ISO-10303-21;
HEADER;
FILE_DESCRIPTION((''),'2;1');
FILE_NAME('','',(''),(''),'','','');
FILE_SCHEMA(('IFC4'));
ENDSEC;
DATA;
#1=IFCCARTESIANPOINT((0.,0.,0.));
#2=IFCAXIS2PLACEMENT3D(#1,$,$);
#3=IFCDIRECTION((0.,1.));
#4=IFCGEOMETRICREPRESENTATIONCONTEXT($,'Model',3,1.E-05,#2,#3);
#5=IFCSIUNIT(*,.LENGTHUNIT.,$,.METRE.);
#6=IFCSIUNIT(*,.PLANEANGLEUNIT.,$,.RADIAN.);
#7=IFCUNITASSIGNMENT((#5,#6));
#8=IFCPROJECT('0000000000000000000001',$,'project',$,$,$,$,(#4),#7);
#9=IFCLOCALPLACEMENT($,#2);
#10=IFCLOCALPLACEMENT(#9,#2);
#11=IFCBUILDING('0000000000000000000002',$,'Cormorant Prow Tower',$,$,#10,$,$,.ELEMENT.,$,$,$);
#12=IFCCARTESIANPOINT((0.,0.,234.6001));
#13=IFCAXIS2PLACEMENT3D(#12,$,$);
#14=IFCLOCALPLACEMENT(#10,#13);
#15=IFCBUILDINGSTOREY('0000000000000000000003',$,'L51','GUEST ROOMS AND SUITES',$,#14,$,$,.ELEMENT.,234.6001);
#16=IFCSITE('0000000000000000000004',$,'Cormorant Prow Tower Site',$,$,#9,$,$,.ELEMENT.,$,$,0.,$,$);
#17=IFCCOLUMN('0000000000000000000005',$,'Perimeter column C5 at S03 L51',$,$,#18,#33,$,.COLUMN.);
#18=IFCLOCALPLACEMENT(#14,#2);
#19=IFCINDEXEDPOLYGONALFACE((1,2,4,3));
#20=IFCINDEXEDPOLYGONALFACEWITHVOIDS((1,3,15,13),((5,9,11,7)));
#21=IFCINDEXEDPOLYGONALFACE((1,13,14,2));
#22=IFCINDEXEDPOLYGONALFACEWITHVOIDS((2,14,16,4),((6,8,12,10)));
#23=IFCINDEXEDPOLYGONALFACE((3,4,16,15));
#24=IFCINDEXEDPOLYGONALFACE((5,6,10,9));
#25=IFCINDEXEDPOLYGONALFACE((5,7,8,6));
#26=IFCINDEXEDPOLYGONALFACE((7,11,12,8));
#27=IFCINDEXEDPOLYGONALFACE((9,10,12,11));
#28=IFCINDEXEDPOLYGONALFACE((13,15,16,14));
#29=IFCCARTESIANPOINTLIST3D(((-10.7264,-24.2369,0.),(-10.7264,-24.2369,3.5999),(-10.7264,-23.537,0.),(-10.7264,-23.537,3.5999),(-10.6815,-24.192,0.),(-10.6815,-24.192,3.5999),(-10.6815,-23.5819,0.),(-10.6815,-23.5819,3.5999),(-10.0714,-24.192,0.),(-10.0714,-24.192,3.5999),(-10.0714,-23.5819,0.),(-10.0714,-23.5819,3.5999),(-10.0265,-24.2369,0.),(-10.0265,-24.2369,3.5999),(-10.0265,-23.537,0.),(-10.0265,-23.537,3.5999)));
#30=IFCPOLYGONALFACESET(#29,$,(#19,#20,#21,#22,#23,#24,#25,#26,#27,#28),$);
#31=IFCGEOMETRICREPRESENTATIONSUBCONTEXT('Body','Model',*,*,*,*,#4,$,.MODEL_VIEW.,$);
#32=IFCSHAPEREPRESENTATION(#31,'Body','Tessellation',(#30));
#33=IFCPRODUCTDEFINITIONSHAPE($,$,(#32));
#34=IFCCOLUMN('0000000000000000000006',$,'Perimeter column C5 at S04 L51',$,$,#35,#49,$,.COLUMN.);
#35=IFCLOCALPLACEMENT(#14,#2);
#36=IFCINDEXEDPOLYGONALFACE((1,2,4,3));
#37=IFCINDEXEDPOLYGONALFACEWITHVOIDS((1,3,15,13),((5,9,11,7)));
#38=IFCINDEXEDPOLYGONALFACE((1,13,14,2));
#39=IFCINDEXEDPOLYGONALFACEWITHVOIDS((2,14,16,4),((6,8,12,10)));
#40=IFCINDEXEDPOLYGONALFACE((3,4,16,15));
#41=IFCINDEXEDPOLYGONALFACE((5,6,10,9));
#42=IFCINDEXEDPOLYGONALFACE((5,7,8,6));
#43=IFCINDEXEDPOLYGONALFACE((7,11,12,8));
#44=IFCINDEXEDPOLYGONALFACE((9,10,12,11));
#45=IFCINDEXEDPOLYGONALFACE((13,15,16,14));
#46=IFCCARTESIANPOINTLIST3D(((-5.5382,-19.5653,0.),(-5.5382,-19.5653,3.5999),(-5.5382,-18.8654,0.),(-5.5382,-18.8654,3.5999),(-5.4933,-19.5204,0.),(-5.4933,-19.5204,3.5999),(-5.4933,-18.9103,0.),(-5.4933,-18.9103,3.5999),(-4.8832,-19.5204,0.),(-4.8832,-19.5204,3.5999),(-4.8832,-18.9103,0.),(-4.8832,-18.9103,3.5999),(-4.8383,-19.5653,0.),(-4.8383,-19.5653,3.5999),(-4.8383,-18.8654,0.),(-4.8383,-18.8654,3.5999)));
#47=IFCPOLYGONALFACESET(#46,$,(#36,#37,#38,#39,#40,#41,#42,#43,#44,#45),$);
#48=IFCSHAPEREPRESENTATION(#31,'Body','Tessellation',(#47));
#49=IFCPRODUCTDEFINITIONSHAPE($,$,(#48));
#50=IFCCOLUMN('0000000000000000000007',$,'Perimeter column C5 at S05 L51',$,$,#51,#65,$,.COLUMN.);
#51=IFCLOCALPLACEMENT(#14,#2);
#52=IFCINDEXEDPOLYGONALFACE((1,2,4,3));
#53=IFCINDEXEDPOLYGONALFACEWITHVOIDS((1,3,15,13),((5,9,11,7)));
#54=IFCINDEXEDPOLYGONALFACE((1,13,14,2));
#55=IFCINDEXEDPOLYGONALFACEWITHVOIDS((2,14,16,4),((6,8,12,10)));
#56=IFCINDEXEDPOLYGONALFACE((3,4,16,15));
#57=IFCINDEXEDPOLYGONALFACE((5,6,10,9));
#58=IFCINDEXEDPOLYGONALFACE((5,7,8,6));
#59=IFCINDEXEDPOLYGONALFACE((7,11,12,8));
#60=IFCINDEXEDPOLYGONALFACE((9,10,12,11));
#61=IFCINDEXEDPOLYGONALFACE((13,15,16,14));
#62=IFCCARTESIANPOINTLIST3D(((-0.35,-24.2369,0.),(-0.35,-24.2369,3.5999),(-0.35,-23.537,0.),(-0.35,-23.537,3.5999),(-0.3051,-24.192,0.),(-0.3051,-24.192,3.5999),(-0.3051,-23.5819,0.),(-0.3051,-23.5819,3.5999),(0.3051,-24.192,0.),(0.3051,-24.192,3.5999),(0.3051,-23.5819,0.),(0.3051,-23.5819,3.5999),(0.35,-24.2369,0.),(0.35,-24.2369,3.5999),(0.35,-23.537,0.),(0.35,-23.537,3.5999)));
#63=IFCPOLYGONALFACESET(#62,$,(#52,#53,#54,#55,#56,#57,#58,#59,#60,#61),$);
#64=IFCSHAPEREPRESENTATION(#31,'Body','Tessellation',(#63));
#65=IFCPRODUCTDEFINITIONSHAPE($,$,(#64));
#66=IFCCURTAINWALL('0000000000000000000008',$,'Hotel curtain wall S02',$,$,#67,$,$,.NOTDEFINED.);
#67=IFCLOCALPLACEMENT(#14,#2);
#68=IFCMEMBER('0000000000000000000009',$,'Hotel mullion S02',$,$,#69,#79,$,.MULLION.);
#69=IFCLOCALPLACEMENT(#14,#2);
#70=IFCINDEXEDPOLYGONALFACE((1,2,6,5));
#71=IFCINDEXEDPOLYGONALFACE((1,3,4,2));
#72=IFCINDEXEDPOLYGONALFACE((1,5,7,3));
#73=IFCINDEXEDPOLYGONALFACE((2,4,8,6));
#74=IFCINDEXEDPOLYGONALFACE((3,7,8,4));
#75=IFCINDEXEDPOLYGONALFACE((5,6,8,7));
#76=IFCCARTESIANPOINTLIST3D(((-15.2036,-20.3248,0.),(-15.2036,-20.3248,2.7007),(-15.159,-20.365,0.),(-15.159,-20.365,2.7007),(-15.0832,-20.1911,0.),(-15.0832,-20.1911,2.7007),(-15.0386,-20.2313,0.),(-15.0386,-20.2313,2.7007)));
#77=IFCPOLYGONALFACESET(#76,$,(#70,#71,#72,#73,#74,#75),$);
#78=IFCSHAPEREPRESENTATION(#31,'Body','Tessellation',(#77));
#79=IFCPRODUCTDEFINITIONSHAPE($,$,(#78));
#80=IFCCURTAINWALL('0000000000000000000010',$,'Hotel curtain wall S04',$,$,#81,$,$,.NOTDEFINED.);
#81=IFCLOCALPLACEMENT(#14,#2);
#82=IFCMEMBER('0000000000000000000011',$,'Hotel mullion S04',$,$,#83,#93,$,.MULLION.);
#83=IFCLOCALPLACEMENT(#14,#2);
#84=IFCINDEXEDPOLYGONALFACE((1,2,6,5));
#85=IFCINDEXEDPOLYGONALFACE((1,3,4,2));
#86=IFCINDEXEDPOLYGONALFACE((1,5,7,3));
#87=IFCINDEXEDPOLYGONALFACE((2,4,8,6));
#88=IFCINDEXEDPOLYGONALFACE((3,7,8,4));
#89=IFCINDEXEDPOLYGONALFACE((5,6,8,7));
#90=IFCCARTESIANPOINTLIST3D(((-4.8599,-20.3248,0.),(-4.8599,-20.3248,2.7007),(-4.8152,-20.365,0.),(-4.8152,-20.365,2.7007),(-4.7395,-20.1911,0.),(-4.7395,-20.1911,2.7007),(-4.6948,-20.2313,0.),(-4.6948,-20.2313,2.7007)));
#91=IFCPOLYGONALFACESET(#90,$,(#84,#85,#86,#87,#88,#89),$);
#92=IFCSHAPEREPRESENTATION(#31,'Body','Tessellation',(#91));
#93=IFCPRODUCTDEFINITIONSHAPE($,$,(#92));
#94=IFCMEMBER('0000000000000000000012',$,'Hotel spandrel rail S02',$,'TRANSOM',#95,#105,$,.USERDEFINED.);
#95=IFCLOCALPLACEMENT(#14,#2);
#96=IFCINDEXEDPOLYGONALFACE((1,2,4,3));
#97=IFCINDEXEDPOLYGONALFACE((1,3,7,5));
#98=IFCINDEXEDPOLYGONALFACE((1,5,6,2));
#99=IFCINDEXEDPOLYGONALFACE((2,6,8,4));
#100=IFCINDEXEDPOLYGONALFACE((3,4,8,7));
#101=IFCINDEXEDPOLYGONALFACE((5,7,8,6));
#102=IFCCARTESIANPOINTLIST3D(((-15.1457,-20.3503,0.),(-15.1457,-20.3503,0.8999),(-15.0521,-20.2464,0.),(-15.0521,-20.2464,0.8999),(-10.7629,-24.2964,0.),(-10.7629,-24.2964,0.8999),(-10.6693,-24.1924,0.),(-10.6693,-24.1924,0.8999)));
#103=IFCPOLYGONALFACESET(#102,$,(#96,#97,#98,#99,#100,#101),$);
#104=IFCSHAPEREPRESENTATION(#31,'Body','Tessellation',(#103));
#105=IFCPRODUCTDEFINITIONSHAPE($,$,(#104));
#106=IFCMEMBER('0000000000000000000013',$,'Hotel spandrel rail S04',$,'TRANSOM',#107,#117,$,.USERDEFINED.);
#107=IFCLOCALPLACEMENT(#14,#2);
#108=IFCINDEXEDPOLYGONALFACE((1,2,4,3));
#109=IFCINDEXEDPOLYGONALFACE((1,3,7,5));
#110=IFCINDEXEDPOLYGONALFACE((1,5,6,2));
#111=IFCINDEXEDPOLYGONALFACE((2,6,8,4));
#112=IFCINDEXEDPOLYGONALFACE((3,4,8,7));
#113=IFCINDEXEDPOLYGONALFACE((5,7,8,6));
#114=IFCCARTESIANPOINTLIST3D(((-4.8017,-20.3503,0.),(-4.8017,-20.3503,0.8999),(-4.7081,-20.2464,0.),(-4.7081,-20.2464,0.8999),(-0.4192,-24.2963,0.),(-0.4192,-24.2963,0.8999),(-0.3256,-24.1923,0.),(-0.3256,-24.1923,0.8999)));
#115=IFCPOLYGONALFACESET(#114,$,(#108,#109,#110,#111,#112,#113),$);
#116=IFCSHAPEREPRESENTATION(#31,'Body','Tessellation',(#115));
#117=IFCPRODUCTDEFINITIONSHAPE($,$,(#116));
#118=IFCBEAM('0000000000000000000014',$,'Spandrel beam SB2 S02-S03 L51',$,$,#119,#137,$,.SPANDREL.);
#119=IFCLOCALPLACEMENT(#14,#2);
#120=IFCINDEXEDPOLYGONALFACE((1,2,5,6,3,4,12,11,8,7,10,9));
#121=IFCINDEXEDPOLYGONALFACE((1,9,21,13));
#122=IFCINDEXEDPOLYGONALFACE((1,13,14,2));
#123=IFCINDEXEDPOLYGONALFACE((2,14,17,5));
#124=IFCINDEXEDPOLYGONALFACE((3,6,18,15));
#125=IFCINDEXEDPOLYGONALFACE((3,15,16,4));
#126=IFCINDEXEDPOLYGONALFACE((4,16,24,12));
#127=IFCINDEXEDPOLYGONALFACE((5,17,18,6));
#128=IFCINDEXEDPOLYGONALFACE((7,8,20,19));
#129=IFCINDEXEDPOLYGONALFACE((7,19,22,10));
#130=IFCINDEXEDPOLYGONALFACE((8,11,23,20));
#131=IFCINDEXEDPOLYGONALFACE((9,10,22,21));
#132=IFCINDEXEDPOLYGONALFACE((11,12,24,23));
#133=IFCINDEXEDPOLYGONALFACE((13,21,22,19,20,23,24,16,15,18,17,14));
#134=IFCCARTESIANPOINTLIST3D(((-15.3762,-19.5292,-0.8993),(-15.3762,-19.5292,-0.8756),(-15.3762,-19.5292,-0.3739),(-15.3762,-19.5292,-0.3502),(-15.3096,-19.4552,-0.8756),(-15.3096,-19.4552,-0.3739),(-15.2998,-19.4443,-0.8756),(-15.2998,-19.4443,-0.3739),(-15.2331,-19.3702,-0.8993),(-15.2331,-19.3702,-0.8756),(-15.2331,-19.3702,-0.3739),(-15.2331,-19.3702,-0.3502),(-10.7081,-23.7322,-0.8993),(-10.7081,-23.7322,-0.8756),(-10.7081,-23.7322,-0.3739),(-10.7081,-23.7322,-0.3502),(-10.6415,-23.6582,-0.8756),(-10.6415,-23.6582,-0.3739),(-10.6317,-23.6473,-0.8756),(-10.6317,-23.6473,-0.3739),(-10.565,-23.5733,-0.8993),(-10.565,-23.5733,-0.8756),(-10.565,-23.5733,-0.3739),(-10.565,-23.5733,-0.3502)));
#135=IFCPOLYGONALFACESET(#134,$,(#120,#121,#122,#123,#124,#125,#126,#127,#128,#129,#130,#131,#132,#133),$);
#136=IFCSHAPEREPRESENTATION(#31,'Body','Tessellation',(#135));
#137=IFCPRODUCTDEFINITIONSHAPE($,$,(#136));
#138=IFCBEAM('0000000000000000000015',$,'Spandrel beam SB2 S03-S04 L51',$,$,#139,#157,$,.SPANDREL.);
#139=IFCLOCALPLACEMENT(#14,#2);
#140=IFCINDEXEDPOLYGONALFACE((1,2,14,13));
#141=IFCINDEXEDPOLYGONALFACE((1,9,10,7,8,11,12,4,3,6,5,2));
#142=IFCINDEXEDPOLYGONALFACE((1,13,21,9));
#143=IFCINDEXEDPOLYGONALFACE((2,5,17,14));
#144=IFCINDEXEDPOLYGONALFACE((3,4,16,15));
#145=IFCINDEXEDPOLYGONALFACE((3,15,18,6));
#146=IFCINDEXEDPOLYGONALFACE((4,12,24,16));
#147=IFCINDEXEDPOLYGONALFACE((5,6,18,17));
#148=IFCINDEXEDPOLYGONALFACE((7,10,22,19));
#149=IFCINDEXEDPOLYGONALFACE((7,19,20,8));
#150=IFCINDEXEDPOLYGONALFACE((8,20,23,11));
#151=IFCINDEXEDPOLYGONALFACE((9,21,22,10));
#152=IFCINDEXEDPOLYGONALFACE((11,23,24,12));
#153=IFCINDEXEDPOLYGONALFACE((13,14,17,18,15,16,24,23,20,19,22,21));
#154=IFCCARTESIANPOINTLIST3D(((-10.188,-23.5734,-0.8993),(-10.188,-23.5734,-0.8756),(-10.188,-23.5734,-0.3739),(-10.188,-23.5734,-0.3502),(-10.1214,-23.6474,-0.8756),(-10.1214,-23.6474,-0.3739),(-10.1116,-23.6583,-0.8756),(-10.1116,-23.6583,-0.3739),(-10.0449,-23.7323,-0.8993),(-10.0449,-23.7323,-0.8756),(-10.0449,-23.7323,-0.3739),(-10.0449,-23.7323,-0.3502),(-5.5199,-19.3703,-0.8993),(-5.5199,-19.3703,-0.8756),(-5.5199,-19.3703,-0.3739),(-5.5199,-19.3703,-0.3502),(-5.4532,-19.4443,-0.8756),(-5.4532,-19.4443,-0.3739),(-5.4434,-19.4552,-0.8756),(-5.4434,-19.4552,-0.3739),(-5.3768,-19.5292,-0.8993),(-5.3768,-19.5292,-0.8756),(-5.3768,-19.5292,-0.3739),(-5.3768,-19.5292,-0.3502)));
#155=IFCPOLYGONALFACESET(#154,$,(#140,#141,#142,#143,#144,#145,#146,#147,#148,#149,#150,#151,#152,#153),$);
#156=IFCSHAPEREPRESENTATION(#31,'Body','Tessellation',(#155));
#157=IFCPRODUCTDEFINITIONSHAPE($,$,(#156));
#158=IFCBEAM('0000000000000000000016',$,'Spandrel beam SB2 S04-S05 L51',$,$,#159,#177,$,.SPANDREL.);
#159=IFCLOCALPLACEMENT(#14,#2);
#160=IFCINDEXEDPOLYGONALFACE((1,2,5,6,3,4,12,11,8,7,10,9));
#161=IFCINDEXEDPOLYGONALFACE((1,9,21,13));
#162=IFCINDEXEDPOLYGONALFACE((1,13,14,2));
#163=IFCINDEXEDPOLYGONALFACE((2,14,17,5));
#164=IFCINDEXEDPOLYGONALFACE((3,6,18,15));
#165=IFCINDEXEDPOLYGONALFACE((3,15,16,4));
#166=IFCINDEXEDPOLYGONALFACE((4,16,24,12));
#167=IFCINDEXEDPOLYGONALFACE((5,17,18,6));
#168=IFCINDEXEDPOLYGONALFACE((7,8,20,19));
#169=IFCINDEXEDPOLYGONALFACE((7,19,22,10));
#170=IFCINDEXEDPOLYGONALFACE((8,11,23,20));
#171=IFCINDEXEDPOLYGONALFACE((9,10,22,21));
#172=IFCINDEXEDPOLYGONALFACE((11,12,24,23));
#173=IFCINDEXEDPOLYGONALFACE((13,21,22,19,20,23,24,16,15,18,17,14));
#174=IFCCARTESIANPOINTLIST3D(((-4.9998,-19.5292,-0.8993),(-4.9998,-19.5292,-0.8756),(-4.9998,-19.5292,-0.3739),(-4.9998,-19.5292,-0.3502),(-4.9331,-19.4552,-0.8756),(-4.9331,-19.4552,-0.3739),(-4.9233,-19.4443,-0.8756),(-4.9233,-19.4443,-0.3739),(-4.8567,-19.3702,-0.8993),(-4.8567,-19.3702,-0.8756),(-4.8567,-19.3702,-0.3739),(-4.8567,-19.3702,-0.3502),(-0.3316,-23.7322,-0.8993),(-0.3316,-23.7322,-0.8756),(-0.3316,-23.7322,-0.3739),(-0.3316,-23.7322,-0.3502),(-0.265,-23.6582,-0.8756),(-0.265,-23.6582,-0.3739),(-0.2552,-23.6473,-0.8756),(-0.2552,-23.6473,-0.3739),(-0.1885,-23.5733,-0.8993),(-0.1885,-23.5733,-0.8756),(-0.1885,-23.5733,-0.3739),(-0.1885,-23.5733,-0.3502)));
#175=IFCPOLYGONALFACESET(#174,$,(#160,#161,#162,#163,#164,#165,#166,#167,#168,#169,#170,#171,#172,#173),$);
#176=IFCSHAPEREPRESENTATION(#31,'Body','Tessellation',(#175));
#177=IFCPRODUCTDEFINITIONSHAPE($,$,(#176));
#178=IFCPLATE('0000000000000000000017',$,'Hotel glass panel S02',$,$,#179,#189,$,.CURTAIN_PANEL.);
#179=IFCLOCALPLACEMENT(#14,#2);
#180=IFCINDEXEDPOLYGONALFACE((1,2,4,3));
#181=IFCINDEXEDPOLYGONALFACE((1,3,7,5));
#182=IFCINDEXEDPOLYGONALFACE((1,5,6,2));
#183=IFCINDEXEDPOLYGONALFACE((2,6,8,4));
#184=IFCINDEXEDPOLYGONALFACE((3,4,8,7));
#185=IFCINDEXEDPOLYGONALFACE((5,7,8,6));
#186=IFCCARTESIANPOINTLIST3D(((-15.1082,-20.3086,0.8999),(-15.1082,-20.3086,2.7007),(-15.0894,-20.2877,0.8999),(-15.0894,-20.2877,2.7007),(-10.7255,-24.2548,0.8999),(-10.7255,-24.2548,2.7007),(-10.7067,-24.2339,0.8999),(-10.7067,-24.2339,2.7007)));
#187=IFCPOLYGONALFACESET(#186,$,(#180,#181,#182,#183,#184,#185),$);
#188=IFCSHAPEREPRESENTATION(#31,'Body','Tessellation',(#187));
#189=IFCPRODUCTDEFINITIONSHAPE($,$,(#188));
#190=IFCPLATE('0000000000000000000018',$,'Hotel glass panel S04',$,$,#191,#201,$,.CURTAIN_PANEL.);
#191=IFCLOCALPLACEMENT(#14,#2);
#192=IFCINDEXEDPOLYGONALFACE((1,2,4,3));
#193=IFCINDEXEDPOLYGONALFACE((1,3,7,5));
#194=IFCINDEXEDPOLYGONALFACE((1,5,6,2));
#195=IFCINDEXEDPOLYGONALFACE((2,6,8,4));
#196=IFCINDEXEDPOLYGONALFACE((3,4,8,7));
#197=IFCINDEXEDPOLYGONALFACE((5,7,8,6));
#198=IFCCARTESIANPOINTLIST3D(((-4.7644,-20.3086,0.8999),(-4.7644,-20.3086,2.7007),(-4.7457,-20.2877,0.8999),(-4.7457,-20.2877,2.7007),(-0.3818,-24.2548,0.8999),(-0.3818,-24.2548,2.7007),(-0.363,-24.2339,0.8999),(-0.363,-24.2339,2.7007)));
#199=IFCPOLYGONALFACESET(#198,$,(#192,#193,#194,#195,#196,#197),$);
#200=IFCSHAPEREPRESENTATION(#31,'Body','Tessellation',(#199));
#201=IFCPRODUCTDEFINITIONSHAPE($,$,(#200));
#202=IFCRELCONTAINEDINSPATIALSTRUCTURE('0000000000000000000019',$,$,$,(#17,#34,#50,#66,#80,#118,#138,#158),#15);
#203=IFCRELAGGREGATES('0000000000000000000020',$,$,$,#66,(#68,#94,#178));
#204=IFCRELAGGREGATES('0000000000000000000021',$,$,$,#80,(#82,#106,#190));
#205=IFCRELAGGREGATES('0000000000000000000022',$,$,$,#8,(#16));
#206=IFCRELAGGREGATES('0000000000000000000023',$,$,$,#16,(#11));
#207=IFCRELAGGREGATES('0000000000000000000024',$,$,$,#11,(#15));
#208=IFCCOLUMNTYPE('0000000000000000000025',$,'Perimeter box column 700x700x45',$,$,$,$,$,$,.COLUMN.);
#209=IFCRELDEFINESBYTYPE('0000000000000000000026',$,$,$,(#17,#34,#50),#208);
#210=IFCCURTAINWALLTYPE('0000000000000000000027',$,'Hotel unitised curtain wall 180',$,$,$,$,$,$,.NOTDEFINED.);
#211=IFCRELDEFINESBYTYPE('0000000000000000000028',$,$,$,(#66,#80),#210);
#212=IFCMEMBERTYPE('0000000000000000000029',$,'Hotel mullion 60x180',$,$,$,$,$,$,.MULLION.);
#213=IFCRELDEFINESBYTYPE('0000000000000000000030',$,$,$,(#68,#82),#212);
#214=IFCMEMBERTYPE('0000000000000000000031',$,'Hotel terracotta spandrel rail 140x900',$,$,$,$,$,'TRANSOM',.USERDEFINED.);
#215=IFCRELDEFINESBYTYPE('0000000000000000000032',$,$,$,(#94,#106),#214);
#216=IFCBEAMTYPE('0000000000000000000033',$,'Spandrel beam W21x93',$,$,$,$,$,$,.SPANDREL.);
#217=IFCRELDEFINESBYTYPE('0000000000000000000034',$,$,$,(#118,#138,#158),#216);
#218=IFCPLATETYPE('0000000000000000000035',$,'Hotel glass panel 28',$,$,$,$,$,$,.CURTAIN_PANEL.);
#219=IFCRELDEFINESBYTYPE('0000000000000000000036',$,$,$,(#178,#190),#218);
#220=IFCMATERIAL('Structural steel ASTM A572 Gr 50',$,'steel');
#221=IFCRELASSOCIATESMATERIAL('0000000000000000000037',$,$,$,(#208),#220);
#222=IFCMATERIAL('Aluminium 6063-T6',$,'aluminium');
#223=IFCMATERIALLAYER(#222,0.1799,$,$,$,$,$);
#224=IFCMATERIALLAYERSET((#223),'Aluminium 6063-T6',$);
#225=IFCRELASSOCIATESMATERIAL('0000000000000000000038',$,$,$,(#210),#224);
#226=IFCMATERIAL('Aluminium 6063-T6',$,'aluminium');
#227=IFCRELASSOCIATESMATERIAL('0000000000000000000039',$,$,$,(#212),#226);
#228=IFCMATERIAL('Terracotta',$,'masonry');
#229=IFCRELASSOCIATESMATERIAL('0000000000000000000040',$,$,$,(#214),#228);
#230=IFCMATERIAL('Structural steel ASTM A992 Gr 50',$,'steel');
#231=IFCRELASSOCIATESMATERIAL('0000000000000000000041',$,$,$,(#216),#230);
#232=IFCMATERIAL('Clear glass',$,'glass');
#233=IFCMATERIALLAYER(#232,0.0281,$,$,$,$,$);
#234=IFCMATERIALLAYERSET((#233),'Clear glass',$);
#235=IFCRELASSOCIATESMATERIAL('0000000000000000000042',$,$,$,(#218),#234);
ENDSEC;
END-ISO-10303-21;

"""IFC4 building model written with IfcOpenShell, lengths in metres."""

from ifc_helpers import new_model, si_unit, direction, frame, origin, origin_2d, place, context, subcontext, project, spatial, rectangle, hollow_rectangle, i_section, extrude, material, layer, layer_set, material_profile, profile_set, type_object, element, aggregate, save


model = new_model("IFC4")

# Units and contexts
model_context = context("Model", 3, precision=1e-05, world=origin(), true_north=direction((0.0, 1.0)))
body_context = subcontext(model_context, "Body", "Model", "MODEL_VIEW")
ifc_project = project(units=[si_unit("LENGTHUNIT", "METRE"), si_unit("PLANEANGLEUNIT", "RADIAN")], contexts=[model_context])

# Site, building, storey
site_placement = place(None, origin())
site = spatial("IfcSite", under=ifc_project, at=site_placement, Name="Cormorant Prow Tower Site", CompositionType="ELEMENT", RefElevation=0.0)
building_placement = place(site_placement, origin())
building = spatial("IfcBuilding", under=site, at=building_placement, Name="Cormorant Prow Tower", CompositionType="ELEMENT")
storey_placement = place(building_placement, frame((0.0, 0.0, 234.6001)))
storey = spatial("IfcBuildingStorey", under=building, at=storey_placement, Name="L51", Description="GUEST ROOMS AND SUITES", CompositionType="ELEMENT", Elevation=234.6001)

# Columns
ifc_material_1 = material(Name="Structural steel ASTM A572 Gr 50", Category="steel")
ifc_material_profile_1 = material_profile(ifc_material_1, hollow_rectangle(XDim=0.7, YDim=0.7, WallThickness=0.0449, at=origin_2d()), Name="Box 700x700x45")
ifc_profile_set_1 = profile_set([ifc_material_profile_1], Name="Structural steel ASTM A572 Gr 50")
column_type = type_object("IfcColumnType", Name="Perimeter box column 700x700x45", PredefinedType="COLUMN", material=ifc_profile_set_1)
for number, where, z_axis, x_axis, name in (
    (1, (-10.3765, -23.887, 0.0), (0.0, 0.0, 1.0), (1.0, 0.0, 0.0), "Perimeter column C5 at S03 L51"),
    (2, (-5.1882, -19.2153, 0.0), (0.0, 0.0, 1.0), (1.0, 0.0, 0.0), "Perimeter column C5 at S04 L51"),
    (3, (0.0, -23.887, 0.0), (0.0, 0.0, 1.0), (1.0, 0.0, 0.0), "Perimeter column C5 at S05 L51"),
):
    element("IfcColumn", number, at=place(storey_placement, frame(where, z_axis=z_axis, x_axis=x_axis)), inside=storey, type_object=column_type, Name=name, PredefinedType="COLUMN", context=body_context, shape_type="SweptSolid", body=[
        extrude(hollow_rectangle(XDim=0.7, YDim=0.7, WallThickness=0.0449, at=origin_2d()), origin(), (0.0, 0.0, 1.0), 3.5999),
    ])

# Curtain walls, members
ifc_material_2 = material(Name="Aluminium 6063-T6", Category="aluminium")
ifc_layer_1 = layer(ifc_material_2, 0.1799)
ifc_layer_set_1 = layer_set([ifc_layer_1], Name="Aluminium 6063-T6")
curtain_wall_type = type_object("IfcCurtainWallType", Name="Hotel unitised curtain wall 180", PredefinedType="NOTDEFINED", material=ifc_layer_set_1)
curtain_wall_1_placement = place(storey_placement, origin())
curtain_wall_1 = element("IfcCurtainWall", 4, at=curtain_wall_1_placement, inside=storey, type_object=curtain_wall_type, Name="Hotel curtain wall S02", PredefinedType="NOTDEFINED")
ifc_material_3 = material(Name="Aluminium 6063-T6", Category="aluminium")
ifc_material_profile_2 = material_profile(ifc_material_3, rectangle(XDim=0.1799, YDim=0.0601, at=origin_2d()), Name="Hotel mullion 60x180")
ifc_profile_set_2 = profile_set([ifc_material_profile_2], Name="Aluminium 6063-T6")
member_type_1 = type_object("IfcMemberType", Name="Hotel mullion 60x180", PredefinedType="MULLION", material=ifc_profile_set_2)
member_1_placement = place(storey_placement, frame((-15.1211, -20.2781, 0.0), z_axis=(0.0, 0.0, 1.0), x_axis=(0.669131, 0.743145, 0.0)))
member_1 = element("IfcMember", 5, at=member_1_placement, type_object=member_type_1, Name="Hotel mullion S02", PredefinedType="MULLION", context=body_context, shape_type="SweptSolid", body=[
    extrude(rectangle(XDim=0.1799, YDim=0.0601, at=origin_2d()), origin(), (0.0, 0.0, 1.0), 2.7007),
])
curtain_wall_2_placement = place(storey_placement, origin())
curtain_wall_2 = element("IfcCurtainWall", 6, at=curtain_wall_2_placement, inside=storey, type_object=curtain_wall_type, Name="Hotel curtain wall S04", PredefinedType="NOTDEFINED")
member_2_placement = place(storey_placement, frame((-4.7773, -20.2781, 0.0), z_axis=(0.0, 0.0, 1.0), x_axis=(0.669131, 0.743145, 0.0)))
member_2 = element("IfcMember", 7, at=member_2_placement, type_object=member_type_1, Name="Hotel mullion S04", PredefinedType="MULLION", context=body_context, shape_type="SweptSolid", body=[
    extrude(rectangle(XDim=0.1799, YDim=0.0601, at=origin_2d()), origin(), (0.0, 0.0, 1.0), 2.7007),
])

# Members
ifc_material_4 = material(Name="Terracotta", Category="masonry")
ifc_material_profile_3 = material_profile(ifc_material_4, rectangle(XDim=0.1399, YDim=0.8999, at=origin_2d()), Name="Hotel terracotta spandrel rail 140x900")
ifc_profile_set_3 = profile_set([ifc_material_profile_3], Name="Terracotta")
member_type_2 = type_object("IfcMemberType", Name="Hotel terracotta spandrel rail 140x900", ElementType="TRANSOM", PredefinedType="USERDEFINED", material=ifc_profile_set_3)
member_3_placement = place(storey_placement, frame((-15.0989, -20.2983, 0.45), z_axis=(0.743167, -0.669107, 0.0), x_axis=(0.669107, 0.743167, 0.0)))
member_3 = element("IfcMember", 8, at=member_3_placement, type_object=member_type_2, Name="Hotel spandrel rail S02", ObjectType="TRANSOM", PredefinedType="USERDEFINED", context=body_context, shape_type="SweptSolid", body=[
    extrude(rectangle(XDim=0.1399, YDim=0.8999, at=origin_2d()), origin(), (0.0, 0.0, 1.0), 5.8975),
])
member_4_placement = place(storey_placement, frame((-4.7549, -20.2983, 0.45), z_axis=(0.743148, -0.669127, 0.0), x_axis=(0.669127, 0.743148, 0.0)))
member_4 = element("IfcMember", 9, at=member_4_placement, type_object=member_type_2, Name="Hotel spandrel rail S04", ObjectType="TRANSOM", PredefinedType="USERDEFINED", context=body_context, shape_type="SweptSolid", body=[
    extrude(rectangle(XDim=0.1399, YDim=0.8999, at=origin_2d()), origin(), (0.0, 0.0, 1.0), 5.8972),
])

# Beams
ifc_material_5 = material(Name="Structural steel ASTM A992 Gr 50", Category="steel")
ifc_material_profile_4 = material_profile(ifc_material_5, i_section(OverallWidth=0.2139, OverallDepth=0.5491, WebThickness=0.0146, FlangeThickness=0.0237, at=origin_2d()), Name="W21x93")
ifc_profile_set_4 = profile_set([ifc_material_profile_4], Name="Structural steel ASTM A992 Gr 50")
beam_type = type_object("IfcBeamType", Name="Spandrel beam W21x93", PredefinedType="SPANDREL", material=ifc_profile_set_4)
for number, where, z_axis, x_axis, name in (
    (10, (-15.3047, -19.4497, -0.6248), (0.743157, -0.669117, 0.0), (0.669117, 0.743157, 0.0), "Spandrel beam SB2 S02-S03 L51"),
    (11, (-10.1165, -23.6528, -0.6248), (0.743157, 0.669117, 0.0), (-0.669117, 0.743157, 0.0), "Spandrel beam SB2 S03-S04 L51"),
    (12, (-4.9282, -19.4497, -0.6248), (0.743157, -0.669117, 0.0), (0.669117, 0.743157, 0.0), "Spandrel beam SB2 S04-S05 L51"),
):
    element("IfcBeam", number, at=place(storey_placement, frame(where, z_axis=z_axis, x_axis=x_axis)), inside=storey, type_object=beam_type, Name=name, PredefinedType="SPANDREL", context=body_context, shape_type="SweptSolid", body=[
        extrude(i_section(OverallWidth=0.2139, OverallDepth=0.5491, WebThickness=0.0146, FlangeThickness=0.0237, at=origin_2d()), origin(), (0.0, 0.0, 1.0), 6.2815),
    ])

# Plates
ifc_material_6 = material(Name="Clear glass", Category="glass")
ifc_layer_2 = layer(ifc_material_6, 0.0281)
ifc_layer_set_2 = layer_set([ifc_layer_2], Name="Clear glass")
plate_type = type_object("IfcPlateType", Name="Hotel glass panel 28", PredefinedType="CURTAIN_PANEL", material=ifc_layer_set_2)
plate_1_placement = place(storey_placement, frame((-12.9075, -22.2712, 0.8999), z_axis=(0.0, 0.0, 1.0), x_axis=(0.743145, -0.669131, 0.0)))
plate_1 = element("IfcPlate", 13, at=plate_1_placement, type_object=plate_type, Name="Hotel glass panel S02", PredefinedType="CURTAIN_PANEL", context=body_context, shape_type="SweptSolid", body=[
    extrude(rectangle(XDim=5.8975, YDim=0.0281, at=origin_2d()), origin(), (0.0, 0.0, 1.0), 1.8008),
])
aggregate(curtain_wall_1, [member_1, member_3, plate_1])
plate_2_placement = place(storey_placement, frame((-2.5637, -22.2712, 0.8999), z_axis=(0.0, 0.0, 1.0), x_axis=(0.743145, -0.669131, 0.0)))
plate_2 = element("IfcPlate", 14, at=plate_2_placement, type_object=plate_type, Name="Hotel glass panel S04", PredefinedType="CURTAIN_PANEL", context=body_context, shape_type="SweptSolid", body=[
    extrude(rectangle(XDim=5.8975, YDim=0.0281, at=origin_2d()), origin(), (0.0, 0.0, 1.0), 1.8008),
])
aggregate(curtain_wall_2, [member_2, member_4, plate_2])

save(model, "model.ifc")
